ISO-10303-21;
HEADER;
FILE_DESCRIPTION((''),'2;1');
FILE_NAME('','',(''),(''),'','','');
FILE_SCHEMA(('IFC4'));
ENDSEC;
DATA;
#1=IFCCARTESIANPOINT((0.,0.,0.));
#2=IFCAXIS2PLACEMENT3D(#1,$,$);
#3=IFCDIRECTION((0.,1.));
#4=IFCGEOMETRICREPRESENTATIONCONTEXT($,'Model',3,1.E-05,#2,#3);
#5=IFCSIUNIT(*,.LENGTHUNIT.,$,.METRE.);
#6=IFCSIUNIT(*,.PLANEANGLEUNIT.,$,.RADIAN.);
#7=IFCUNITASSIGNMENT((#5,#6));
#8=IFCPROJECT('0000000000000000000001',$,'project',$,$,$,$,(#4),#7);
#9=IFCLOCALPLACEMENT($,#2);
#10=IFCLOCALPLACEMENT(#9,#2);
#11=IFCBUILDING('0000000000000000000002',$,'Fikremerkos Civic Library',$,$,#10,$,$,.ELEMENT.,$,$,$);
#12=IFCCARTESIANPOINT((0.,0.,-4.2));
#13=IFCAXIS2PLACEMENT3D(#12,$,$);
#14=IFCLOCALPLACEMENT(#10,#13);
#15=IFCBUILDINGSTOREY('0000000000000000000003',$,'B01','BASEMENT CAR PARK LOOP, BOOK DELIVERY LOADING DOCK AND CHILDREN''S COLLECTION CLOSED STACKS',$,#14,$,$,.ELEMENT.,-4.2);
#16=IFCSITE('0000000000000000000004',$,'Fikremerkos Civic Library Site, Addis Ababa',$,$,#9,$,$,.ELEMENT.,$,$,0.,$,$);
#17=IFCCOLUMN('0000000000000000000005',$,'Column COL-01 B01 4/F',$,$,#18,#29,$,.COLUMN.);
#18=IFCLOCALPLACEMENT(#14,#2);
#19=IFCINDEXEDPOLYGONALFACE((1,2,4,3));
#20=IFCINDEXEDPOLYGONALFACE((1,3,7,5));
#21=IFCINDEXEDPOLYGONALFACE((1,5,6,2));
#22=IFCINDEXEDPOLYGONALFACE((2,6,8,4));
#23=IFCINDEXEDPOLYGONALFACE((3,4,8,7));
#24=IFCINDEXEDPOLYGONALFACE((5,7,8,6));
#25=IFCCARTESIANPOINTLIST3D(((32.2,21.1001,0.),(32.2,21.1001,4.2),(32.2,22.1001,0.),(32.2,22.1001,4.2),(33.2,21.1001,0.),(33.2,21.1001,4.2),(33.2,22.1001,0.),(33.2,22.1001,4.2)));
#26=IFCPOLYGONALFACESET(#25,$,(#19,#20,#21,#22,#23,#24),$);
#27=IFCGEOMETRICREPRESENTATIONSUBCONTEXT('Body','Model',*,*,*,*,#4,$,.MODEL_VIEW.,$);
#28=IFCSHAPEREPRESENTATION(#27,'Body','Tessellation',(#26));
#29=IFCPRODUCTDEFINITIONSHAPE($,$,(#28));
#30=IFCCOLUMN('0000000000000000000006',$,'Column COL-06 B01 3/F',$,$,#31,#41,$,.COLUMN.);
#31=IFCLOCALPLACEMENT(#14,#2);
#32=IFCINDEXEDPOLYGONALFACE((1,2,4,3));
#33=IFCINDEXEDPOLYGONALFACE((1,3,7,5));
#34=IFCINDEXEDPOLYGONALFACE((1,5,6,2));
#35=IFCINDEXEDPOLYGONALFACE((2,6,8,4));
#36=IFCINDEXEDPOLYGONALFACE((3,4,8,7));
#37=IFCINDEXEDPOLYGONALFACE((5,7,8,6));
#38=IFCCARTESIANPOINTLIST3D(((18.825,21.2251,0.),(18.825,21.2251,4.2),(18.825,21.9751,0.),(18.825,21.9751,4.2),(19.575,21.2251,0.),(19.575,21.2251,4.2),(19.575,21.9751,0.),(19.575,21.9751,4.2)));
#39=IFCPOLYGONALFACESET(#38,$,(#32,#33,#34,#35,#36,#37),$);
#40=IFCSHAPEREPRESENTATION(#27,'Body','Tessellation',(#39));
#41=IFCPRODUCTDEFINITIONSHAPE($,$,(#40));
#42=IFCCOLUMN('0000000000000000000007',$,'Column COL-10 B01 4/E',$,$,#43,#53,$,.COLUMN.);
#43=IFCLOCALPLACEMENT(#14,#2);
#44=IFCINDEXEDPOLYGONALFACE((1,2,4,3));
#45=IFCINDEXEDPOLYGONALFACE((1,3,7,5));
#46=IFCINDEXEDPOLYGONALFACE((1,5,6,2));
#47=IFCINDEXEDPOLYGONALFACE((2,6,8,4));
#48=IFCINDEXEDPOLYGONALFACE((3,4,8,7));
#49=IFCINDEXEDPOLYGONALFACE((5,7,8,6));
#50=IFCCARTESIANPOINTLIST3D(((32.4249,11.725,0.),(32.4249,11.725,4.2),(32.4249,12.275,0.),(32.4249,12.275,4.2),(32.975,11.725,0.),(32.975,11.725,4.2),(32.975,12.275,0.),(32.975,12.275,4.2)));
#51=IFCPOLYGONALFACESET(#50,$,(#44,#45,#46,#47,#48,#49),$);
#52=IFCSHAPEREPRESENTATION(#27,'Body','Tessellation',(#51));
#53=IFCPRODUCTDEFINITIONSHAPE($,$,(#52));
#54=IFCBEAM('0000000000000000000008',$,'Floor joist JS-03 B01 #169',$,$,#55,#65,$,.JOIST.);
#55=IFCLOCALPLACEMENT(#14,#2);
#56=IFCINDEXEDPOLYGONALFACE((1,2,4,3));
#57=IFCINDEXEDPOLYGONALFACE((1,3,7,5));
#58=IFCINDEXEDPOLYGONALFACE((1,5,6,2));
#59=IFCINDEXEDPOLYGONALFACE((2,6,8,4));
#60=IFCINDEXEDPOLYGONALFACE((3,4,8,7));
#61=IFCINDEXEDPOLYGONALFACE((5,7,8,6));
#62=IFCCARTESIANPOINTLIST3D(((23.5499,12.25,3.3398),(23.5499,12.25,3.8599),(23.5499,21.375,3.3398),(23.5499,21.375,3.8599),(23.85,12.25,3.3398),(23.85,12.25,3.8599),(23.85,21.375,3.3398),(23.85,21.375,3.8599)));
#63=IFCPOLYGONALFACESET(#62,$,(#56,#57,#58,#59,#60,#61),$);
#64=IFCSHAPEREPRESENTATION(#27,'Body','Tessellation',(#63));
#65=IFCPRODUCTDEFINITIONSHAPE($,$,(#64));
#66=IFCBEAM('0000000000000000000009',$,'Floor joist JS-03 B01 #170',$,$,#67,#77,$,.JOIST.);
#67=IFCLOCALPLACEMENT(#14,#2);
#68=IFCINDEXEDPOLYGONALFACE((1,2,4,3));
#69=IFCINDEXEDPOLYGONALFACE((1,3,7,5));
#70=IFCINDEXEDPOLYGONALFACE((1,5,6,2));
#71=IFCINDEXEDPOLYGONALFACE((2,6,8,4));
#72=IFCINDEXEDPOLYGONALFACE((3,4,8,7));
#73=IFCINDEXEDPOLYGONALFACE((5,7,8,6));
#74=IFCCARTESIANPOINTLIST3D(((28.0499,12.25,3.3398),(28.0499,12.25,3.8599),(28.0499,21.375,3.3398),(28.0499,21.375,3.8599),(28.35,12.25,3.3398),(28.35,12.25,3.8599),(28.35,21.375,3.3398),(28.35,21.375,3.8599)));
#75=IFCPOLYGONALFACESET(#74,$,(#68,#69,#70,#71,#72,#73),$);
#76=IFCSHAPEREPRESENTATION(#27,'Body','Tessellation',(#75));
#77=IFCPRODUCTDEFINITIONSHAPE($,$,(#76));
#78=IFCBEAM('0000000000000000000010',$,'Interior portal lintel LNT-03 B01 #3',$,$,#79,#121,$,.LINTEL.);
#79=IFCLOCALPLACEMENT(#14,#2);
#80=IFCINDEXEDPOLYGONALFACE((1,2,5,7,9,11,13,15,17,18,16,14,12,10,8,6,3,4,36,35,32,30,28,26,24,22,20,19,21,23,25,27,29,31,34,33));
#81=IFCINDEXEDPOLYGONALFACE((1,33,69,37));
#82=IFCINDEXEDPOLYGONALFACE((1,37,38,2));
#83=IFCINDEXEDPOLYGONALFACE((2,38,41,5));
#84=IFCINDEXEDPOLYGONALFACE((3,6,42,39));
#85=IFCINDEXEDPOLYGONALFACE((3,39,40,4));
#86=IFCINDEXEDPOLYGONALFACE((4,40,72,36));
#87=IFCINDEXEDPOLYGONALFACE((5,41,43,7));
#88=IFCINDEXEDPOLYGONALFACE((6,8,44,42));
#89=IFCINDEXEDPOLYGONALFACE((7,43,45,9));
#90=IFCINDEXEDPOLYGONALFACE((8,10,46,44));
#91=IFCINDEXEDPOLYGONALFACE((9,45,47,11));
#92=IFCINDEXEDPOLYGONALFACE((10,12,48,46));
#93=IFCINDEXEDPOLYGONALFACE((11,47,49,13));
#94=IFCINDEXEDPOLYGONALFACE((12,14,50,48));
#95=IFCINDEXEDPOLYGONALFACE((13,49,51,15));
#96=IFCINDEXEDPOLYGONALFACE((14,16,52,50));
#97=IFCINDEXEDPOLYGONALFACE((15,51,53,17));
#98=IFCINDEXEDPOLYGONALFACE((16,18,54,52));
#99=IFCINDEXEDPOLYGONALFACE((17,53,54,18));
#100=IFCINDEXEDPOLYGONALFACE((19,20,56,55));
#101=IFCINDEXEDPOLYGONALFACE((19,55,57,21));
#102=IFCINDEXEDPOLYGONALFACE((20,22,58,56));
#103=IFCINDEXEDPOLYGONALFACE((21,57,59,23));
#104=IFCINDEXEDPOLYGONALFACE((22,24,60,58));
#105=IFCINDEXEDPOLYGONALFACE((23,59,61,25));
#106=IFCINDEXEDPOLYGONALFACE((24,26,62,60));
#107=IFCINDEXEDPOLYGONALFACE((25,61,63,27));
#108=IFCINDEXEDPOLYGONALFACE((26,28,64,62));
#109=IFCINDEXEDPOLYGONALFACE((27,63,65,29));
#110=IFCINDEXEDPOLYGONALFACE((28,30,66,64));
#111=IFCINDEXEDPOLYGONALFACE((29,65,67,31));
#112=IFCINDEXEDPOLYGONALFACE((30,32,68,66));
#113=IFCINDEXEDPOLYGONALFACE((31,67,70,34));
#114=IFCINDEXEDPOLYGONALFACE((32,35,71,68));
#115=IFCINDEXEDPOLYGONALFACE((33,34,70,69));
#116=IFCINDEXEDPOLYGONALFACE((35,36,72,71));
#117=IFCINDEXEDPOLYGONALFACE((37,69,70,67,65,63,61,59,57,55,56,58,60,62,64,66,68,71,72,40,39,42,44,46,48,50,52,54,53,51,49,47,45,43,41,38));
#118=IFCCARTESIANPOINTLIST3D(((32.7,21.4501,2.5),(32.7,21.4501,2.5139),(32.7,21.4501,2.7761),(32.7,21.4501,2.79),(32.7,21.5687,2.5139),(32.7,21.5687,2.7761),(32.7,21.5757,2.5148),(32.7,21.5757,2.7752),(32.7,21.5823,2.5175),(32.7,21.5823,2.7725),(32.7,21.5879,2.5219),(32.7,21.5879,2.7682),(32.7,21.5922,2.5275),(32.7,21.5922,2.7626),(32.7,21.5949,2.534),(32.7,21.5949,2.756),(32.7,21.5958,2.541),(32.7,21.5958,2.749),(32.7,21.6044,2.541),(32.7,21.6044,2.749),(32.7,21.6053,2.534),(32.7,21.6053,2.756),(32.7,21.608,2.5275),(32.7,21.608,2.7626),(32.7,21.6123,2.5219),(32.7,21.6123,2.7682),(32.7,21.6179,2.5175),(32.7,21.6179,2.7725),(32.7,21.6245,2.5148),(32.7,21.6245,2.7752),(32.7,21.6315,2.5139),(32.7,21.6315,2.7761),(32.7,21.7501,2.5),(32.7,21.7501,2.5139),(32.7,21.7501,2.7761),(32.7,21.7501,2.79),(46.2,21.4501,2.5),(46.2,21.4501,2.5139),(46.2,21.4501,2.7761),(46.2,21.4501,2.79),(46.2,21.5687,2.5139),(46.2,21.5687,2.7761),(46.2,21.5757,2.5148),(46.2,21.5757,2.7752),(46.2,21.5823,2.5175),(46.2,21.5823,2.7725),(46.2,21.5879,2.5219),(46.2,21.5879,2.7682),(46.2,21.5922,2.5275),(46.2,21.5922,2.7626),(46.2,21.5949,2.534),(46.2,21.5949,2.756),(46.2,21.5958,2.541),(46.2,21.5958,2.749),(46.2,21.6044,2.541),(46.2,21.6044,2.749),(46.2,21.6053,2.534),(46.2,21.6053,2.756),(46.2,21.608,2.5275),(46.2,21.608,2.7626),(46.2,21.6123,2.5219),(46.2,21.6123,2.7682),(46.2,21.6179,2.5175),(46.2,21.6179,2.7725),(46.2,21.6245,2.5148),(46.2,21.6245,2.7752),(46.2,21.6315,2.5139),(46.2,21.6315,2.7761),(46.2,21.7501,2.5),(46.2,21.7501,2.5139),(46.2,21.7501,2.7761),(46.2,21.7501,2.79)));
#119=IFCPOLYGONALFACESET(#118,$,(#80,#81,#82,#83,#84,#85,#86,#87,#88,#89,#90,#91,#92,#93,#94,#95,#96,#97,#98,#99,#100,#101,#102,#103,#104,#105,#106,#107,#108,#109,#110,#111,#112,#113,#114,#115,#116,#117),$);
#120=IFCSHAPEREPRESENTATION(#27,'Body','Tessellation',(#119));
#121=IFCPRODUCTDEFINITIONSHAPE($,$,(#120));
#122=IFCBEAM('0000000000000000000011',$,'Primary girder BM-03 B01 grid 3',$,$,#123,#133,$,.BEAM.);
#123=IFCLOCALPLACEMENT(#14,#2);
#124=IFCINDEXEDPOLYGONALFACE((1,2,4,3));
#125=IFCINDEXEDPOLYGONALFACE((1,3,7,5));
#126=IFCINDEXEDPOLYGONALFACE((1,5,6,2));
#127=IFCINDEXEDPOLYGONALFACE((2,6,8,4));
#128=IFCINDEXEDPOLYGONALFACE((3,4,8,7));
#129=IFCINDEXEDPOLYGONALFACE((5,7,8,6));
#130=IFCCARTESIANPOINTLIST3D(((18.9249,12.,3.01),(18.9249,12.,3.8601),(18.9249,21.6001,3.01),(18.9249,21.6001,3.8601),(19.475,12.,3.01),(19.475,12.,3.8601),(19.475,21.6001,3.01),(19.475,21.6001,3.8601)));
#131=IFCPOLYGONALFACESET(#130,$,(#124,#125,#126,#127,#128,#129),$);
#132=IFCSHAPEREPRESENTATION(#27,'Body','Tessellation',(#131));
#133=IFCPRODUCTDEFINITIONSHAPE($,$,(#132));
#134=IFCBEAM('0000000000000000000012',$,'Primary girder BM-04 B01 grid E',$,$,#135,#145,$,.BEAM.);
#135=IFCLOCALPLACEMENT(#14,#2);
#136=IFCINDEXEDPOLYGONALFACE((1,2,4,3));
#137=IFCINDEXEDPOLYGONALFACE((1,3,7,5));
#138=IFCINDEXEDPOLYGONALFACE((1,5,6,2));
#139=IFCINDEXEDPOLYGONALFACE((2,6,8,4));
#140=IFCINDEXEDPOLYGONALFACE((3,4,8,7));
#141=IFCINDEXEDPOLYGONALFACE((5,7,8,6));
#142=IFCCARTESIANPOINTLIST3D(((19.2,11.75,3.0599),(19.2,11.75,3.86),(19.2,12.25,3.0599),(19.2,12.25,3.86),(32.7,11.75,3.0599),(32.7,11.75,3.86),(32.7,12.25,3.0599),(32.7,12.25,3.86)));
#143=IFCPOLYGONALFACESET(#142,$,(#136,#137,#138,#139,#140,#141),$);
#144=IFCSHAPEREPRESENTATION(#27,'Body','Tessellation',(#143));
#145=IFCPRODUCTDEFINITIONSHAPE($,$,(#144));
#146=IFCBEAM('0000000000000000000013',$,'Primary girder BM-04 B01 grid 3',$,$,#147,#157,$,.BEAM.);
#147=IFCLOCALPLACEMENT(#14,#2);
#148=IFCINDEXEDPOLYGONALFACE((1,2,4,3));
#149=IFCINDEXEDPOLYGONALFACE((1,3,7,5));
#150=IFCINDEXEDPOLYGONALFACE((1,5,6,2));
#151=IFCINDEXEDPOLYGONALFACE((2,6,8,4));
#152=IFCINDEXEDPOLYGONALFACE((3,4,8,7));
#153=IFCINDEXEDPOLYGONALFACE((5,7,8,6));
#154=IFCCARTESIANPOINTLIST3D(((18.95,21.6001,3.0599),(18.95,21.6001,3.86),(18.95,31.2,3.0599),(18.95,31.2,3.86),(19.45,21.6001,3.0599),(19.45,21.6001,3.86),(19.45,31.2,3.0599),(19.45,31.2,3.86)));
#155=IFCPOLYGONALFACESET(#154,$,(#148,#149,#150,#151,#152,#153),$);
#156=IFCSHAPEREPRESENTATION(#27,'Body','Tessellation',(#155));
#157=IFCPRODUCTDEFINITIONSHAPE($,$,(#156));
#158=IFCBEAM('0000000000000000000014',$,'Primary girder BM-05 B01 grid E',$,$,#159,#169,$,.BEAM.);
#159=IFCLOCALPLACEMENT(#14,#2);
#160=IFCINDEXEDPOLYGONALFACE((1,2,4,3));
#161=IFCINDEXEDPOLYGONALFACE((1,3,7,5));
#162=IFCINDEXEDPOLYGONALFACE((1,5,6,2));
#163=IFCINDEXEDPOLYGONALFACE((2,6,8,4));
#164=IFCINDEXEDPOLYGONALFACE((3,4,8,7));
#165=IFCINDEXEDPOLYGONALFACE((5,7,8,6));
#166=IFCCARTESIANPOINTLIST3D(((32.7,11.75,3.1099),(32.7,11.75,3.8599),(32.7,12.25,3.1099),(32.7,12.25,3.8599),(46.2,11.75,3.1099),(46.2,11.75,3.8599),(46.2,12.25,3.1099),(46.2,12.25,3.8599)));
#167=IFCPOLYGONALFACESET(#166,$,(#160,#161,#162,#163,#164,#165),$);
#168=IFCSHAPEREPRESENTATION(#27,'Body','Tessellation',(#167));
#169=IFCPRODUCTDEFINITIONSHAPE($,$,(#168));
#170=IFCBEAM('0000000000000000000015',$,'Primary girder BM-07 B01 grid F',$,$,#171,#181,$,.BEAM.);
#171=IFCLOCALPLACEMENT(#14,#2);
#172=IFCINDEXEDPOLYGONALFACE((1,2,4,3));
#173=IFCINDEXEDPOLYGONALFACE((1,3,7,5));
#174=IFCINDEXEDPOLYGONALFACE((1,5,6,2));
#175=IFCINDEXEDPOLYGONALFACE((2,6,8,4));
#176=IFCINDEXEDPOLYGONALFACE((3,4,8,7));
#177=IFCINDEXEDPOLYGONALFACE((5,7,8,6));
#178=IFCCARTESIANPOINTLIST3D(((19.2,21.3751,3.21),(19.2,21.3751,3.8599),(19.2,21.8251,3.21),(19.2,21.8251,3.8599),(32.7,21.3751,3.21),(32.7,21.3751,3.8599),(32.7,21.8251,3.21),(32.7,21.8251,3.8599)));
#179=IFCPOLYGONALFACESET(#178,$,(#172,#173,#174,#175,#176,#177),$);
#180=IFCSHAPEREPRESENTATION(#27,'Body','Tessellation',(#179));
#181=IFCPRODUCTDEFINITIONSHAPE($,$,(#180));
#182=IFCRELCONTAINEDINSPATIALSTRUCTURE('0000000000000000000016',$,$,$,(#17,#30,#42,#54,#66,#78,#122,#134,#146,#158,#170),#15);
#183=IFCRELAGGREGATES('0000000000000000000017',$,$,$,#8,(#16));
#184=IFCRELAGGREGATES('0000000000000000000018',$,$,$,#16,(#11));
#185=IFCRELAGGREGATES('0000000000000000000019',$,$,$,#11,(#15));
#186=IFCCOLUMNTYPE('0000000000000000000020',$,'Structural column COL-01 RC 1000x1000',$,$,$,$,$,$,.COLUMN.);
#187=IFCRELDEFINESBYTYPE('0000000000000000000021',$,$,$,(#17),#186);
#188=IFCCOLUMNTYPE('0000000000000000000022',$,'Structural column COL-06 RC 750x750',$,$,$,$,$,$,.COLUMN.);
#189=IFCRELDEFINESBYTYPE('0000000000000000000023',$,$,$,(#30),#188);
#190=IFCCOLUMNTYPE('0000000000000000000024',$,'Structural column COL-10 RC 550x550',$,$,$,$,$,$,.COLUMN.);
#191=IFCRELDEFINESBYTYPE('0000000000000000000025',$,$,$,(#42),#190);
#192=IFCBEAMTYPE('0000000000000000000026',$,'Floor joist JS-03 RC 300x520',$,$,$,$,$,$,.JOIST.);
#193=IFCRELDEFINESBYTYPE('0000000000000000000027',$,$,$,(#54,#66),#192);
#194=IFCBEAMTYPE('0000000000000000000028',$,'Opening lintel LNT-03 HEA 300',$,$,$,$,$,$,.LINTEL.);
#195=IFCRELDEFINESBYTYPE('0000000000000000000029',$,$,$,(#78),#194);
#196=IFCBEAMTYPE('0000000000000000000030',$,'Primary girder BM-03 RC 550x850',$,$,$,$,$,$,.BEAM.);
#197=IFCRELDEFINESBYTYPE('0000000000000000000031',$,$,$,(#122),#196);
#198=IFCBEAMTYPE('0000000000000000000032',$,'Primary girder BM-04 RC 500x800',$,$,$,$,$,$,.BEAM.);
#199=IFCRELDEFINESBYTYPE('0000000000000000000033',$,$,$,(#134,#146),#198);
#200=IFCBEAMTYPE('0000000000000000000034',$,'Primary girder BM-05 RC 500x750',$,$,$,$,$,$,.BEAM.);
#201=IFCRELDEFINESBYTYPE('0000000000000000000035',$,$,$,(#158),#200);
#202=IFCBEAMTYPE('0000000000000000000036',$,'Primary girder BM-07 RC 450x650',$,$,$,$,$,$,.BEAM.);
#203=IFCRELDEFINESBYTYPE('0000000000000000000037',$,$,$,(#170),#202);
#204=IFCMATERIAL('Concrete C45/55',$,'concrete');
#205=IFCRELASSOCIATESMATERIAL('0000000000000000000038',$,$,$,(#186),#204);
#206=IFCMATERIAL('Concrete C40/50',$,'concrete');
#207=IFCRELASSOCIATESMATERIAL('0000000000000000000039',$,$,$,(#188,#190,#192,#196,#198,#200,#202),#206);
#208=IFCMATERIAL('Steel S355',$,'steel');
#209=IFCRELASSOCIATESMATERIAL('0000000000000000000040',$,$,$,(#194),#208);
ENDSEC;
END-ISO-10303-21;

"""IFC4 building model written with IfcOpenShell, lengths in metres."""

from ifc_helpers import new_model, si_unit, direction, frame, origin, origin_2d, place, context, subcontext, project, spatial, rectangle, i_section, extrude, material, material_profile, profile_set, type_object, element, save


model = new_model("IFC4")

# Units and contexts
model_context = context("Model", 3, precision=1e-05, world=origin(), true_north=direction((0.0, 1.0)))
body_context = subcontext(model_context, "Body", "Model", "MODEL_VIEW")
ifc_project = project(units=[si_unit("LENGTHUNIT", "METRE"), si_unit("PLANEANGLEUNIT", "RADIAN")], contexts=[model_context])

# Site, building, storey
site_placement = place(None, origin())
site = spatial("IfcSite", under=ifc_project, at=site_placement, Name="Fikremerkos Civic Library Site, Addis Ababa", CompositionType="ELEMENT", RefElevation=0.0)
building_placement = place(site_placement, origin())
building = spatial("IfcBuilding", under=site, at=building_placement, Name="Fikremerkos Civic Library", CompositionType="ELEMENT")
storey_placement = place(building_placement, frame((0.0, 0.0, -4.2)))
storey = spatial("IfcBuildingStorey", under=building, at=storey_placement, Name="B01", Description="BASEMENT CAR PARK LOOP, BOOK DELIVERY LOADING DOCK AND CHILDREN'S COLLECTION CLOSED STACKS", CompositionType="ELEMENT", Elevation=-4.2)

# Columns
ifc_material_1 = material(Name="Concrete C45/55", Category="concrete")
ifc_material_profile_1 = material_profile(ifc_material_1, rectangle(XDim=1.0, YDim=1.0, at=origin_2d()), Name="RC 1000x1000")
ifc_profile_set_1 = profile_set([ifc_material_profile_1], Name="Concrete C45/55")
column_type_1 = type_object("IfcColumnType", Name="Structural column COL-01 RC 1000x1000", PredefinedType="COLUMN", material=ifc_profile_set_1)
column_1_placement = place(storey_placement, frame((32.7, 21.6001, 0.0), z_axis=(0.0, 0.0, 1.0), x_axis=(1.0, 0.0, 0.0)))
element("IfcColumn", 1, at=column_1_placement, inside=storey, type_object=column_type_1, Name="Column COL-01 B01 4/F", PredefinedType="COLUMN", context=body_context, shape_type="SweptSolid", body=[
    extrude(rectangle(XDim=1.0, YDim=1.0, at=origin_2d()), origin(), (0.0, 0.0, 1.0), 4.2),
])
ifc_material_2 = material(Name="Concrete C40/50", Category="concrete")
ifc_material_profile_2 = material_profile(ifc_material_2, rectangle(XDim=0.75, YDim=0.75, at=origin_2d()), Name="RC 750x750")
ifc_profile_set_2 = profile_set([ifc_material_profile_2], Name="Concrete C40/50")
column_type_2 = type_object("IfcColumnType", Name="Structural column COL-06 RC 750x750", PredefinedType="COLUMN", material=ifc_profile_set_2)
column_2_placement = place(storey_placement, frame((19.2, 21.6001, 0.0), z_axis=(0.0, 0.0, 1.0), x_axis=(1.0, 0.0, 0.0)))
element("IfcColumn", 2, at=column_2_placement, inside=storey, type_object=column_type_2, Name="Column COL-06 B01 3/F", PredefinedType="COLUMN", context=body_context, shape_type="SweptSolid", body=[
    extrude(rectangle(XDim=0.75, YDim=0.75, at=origin_2d()), origin(), (0.0, 0.0, 1.0), 4.2),
])
ifc_material_profile_3 = material_profile(ifc_material_2, rectangle(XDim=0.55, YDim=0.55, at=origin_2d()), Name="RC 550x550")
ifc_profile_set_3 = profile_set([ifc_material_profile_3], Name="Concrete C40/50")
column_type_3 = type_object("IfcColumnType", Name="Structural column COL-10 RC 550x550", PredefinedType="COLUMN", material=ifc_profile_set_3)
column_3_placement = place(storey_placement, frame((32.7, 12.0, 0.0), z_axis=(0.0, 0.0, 1.0), x_axis=(1.0, 0.0, 0.0)))
element("IfcColumn", 3, at=column_3_placement, inside=storey, type_object=column_type_3, Name="Column COL-10 B01 4/E", PredefinedType="COLUMN", context=body_context, shape_type="SweptSolid", body=[
    extrude(rectangle(XDim=0.55, YDim=0.55, at=origin_2d()), origin(), (0.0, 0.0, 1.0), 4.2),
])

# Beams
ifc_material_profile_4 = material_profile(ifc_material_2, rectangle(XDim=0.3, YDim=0.52, at=origin_2d()), Name="RC 300x520")
ifc_profile_set_4 = profile_set([ifc_material_profile_4], Name="Concrete C40/50")
beam_type_1 = type_object("IfcBeamType", Name="Floor joist JS-03 RC 300x520", PredefinedType="JOIST", material=ifc_profile_set_4)
for number, where, z_axis, x_axis, name in (
    (4, (23.7, 12.25, 3.5999), (0.0, 1.0, 0.0), (-1.0, 0.0, 0.0), "Floor joist JS-03 B01 #169"),
    (5, (28.2, 12.25, 3.5999), (0.0, 1.0, 0.0), (-1.0, 0.0, 0.0), "Floor joist JS-03 B01 #170"),
):
    element("IfcBeam", number, at=place(storey_placement, frame(where, z_axis=z_axis, x_axis=x_axis)), inside=storey, type_object=beam_type_1, Name=name, PredefinedType="JOIST", context=body_context, shape_type="SweptSolid", body=[
        extrude(rectangle(XDim=0.3, YDim=0.52, at=origin_2d()), origin(), (0.0, 0.0, 1.0), 9.125),
    ])
ifc_material_3 = material(Name="Steel S355", Category="steel")
ifc_material_profile_5 = material_profile(ifc_material_3, i_section(OverallWidth=0.3, OverallDepth=0.29, WebThickness=0.0085, FlangeThickness=0.0139, FilletRadius=0.0271, at=origin_2d()), Name="HEA 300")
ifc_profile_set_5 = profile_set([ifc_material_profile_5], Name="Steel S355")
beam_type_2 = type_object("IfcBeamType", Name="Opening lintel LNT-03 HEA 300", PredefinedType="LINTEL", material=ifc_profile_set_5)
beam_1_placement = place(storey_placement, frame((32.7, 21.6001, 2.645), z_axis=(1.0, 0.0, 0.0), x_axis=(0.0, 1.0, 0.0)))
element("IfcBeam", 6, at=beam_1_placement, inside=storey, type_object=beam_type_2, Name="Interior portal lintel LNT-03 B01 #3", PredefinedType="LINTEL", context=body_context, shape_type="SweptSolid", body=[
    extrude(i_section(OverallWidth=0.3, OverallDepth=0.29, WebThickness=0.0085, FlangeThickness=0.0139, FilletRadius=0.0271, at=origin_2d()), origin(), (0.0, 0.0, 1.0), 13.5),
])
ifc_material_profile_6 = material_profile(ifc_material_2, rectangle(XDim=0.55, YDim=0.8501, at=origin_2d()), Name="RC 550x850")
ifc_profile_set_6 = profile_set([ifc_material_profile_6], Name="Concrete C40/50")
beam_type_3 = type_object("IfcBeamType", Name="Primary girder BM-03 RC 550x850", PredefinedType="BEAM", material=ifc_profile_set_6)
beam_2_placement = place(storey_placement, frame((19.2, 12.0, 3.4351), z_axis=(0.0, 1.0, 0.0), x_axis=(-1.0, 0.0, 0.0)))
element("IfcBeam", 7, at=beam_2_placement, inside=storey, type_object=beam_type_3, Name="Primary girder BM-03 B01 grid 3", PredefinedType="BEAM", context=body_context, shape_type="SweptSolid", body=[
    extrude(rectangle(XDim=0.55, YDim=0.8501, at=origin_2d()), origin(), (0.0, 0.0, 1.0), 9.6001),
])
ifc_material_profile_7 = material_profile(ifc_material_2, rectangle(XDim=0.5, YDim=0.8, at=origin_2d()), Name="RC 500x800")
ifc_profile_set_7 = profile_set([ifc_material_profile_7], Name="Concrete C40/50")
beam_type_4 = type_object("IfcBeamType", Name="Primary girder BM-04 RC 500x800", PredefinedType="BEAM", material=ifc_profile_set_7)
beam_3_placement = place(storey_placement, frame((19.2, 12.0, 3.46), z_axis=(1.0, 0.0, 0.0), x_axis=(0.0, 1.0, 0.0)))
element("IfcBeam", 8, at=beam_3_placement, inside=storey, type_object=beam_type_4, Name="Primary girder BM-04 B01 grid E", PredefinedType="BEAM", context=body_context, shape_type="SweptSolid", body=[
    extrude(rectangle(XDim=0.5, YDim=0.8, at=origin_2d()), origin(), (0.0, 0.0, 1.0), 13.5),
])
beam_4_placement = place(storey_placement, frame((19.2, 21.6001, 3.46), z_axis=(0.0, 1.0, 0.0), x_axis=(-1.0, 0.0, 0.0)))
element("IfcBeam", 9, at=beam_4_placement, inside=storey, type_object=beam_type_4, Name="Primary girder BM-04 B01 grid 3", PredefinedType="BEAM", context=body_context, shape_type="SweptSolid", body=[
    extrude(rectangle(XDim=0.5, YDim=0.8, at=origin_2d()), origin(), (0.0, 0.0, 1.0), 9.5999),
])
ifc_material_profile_8 = material_profile(ifc_material_2, rectangle(XDim=0.5, YDim=0.75, at=origin_2d()), Name="RC 500x750")
ifc_profile_set_8 = profile_set([ifc_material_profile_8], Name="Concrete C40/50")
beam_type_5 = type_object("IfcBeamType", Name="Primary girder BM-05 RC 500x750", PredefinedType="BEAM", material=ifc_profile_set_8)
beam_5_placement = place(storey_placement, frame((32.7, 12.0, 3.4849), z_axis=(1.0, 0.0, 0.0), x_axis=(0.0, 1.0, 0.0)))
element("IfcBeam", 10, at=beam_5_placement, inside=storey, type_object=beam_type_5, Name="Primary girder BM-05 B01 grid E", PredefinedType="BEAM", context=body_context, shape_type="SweptSolid", body=[
    extrude(rectangle(XDim=0.5, YDim=0.75, at=origin_2d()), origin(), (0.0, 0.0, 1.0), 13.5),
])
ifc_material_profile_9 = material_profile(ifc_material_2, rectangle(XDim=0.45, YDim=0.6499, at=origin_2d()), Name="RC 450x650")
ifc_profile_set_9 = profile_set([ifc_material_profile_9], Name="Concrete C40/50")
beam_type_6 = type_object("IfcBeamType", Name="Primary girder BM-07 RC 450x650", PredefinedType="BEAM", material=ifc_profile_set_9)
beam_6_placement = place(storey_placement, frame((19.2, 21.6001, 3.5349), z_axis=(1.0, 0.0, 0.0), x_axis=(0.0, 1.0, 0.0)))
element("IfcBeam", 11, at=beam_6_placement, inside=storey, type_object=beam_type_6, Name="Primary girder BM-07 B01 grid F", PredefinedType="BEAM", context=body_context, shape_type="SweptSolid", body=[
    extrude(rectangle(XDim=0.45, YDim=0.6499, at=origin_2d()), origin(), (0.0, 0.0, 1.0), 13.5),
])

save(model, "model.ifc")
